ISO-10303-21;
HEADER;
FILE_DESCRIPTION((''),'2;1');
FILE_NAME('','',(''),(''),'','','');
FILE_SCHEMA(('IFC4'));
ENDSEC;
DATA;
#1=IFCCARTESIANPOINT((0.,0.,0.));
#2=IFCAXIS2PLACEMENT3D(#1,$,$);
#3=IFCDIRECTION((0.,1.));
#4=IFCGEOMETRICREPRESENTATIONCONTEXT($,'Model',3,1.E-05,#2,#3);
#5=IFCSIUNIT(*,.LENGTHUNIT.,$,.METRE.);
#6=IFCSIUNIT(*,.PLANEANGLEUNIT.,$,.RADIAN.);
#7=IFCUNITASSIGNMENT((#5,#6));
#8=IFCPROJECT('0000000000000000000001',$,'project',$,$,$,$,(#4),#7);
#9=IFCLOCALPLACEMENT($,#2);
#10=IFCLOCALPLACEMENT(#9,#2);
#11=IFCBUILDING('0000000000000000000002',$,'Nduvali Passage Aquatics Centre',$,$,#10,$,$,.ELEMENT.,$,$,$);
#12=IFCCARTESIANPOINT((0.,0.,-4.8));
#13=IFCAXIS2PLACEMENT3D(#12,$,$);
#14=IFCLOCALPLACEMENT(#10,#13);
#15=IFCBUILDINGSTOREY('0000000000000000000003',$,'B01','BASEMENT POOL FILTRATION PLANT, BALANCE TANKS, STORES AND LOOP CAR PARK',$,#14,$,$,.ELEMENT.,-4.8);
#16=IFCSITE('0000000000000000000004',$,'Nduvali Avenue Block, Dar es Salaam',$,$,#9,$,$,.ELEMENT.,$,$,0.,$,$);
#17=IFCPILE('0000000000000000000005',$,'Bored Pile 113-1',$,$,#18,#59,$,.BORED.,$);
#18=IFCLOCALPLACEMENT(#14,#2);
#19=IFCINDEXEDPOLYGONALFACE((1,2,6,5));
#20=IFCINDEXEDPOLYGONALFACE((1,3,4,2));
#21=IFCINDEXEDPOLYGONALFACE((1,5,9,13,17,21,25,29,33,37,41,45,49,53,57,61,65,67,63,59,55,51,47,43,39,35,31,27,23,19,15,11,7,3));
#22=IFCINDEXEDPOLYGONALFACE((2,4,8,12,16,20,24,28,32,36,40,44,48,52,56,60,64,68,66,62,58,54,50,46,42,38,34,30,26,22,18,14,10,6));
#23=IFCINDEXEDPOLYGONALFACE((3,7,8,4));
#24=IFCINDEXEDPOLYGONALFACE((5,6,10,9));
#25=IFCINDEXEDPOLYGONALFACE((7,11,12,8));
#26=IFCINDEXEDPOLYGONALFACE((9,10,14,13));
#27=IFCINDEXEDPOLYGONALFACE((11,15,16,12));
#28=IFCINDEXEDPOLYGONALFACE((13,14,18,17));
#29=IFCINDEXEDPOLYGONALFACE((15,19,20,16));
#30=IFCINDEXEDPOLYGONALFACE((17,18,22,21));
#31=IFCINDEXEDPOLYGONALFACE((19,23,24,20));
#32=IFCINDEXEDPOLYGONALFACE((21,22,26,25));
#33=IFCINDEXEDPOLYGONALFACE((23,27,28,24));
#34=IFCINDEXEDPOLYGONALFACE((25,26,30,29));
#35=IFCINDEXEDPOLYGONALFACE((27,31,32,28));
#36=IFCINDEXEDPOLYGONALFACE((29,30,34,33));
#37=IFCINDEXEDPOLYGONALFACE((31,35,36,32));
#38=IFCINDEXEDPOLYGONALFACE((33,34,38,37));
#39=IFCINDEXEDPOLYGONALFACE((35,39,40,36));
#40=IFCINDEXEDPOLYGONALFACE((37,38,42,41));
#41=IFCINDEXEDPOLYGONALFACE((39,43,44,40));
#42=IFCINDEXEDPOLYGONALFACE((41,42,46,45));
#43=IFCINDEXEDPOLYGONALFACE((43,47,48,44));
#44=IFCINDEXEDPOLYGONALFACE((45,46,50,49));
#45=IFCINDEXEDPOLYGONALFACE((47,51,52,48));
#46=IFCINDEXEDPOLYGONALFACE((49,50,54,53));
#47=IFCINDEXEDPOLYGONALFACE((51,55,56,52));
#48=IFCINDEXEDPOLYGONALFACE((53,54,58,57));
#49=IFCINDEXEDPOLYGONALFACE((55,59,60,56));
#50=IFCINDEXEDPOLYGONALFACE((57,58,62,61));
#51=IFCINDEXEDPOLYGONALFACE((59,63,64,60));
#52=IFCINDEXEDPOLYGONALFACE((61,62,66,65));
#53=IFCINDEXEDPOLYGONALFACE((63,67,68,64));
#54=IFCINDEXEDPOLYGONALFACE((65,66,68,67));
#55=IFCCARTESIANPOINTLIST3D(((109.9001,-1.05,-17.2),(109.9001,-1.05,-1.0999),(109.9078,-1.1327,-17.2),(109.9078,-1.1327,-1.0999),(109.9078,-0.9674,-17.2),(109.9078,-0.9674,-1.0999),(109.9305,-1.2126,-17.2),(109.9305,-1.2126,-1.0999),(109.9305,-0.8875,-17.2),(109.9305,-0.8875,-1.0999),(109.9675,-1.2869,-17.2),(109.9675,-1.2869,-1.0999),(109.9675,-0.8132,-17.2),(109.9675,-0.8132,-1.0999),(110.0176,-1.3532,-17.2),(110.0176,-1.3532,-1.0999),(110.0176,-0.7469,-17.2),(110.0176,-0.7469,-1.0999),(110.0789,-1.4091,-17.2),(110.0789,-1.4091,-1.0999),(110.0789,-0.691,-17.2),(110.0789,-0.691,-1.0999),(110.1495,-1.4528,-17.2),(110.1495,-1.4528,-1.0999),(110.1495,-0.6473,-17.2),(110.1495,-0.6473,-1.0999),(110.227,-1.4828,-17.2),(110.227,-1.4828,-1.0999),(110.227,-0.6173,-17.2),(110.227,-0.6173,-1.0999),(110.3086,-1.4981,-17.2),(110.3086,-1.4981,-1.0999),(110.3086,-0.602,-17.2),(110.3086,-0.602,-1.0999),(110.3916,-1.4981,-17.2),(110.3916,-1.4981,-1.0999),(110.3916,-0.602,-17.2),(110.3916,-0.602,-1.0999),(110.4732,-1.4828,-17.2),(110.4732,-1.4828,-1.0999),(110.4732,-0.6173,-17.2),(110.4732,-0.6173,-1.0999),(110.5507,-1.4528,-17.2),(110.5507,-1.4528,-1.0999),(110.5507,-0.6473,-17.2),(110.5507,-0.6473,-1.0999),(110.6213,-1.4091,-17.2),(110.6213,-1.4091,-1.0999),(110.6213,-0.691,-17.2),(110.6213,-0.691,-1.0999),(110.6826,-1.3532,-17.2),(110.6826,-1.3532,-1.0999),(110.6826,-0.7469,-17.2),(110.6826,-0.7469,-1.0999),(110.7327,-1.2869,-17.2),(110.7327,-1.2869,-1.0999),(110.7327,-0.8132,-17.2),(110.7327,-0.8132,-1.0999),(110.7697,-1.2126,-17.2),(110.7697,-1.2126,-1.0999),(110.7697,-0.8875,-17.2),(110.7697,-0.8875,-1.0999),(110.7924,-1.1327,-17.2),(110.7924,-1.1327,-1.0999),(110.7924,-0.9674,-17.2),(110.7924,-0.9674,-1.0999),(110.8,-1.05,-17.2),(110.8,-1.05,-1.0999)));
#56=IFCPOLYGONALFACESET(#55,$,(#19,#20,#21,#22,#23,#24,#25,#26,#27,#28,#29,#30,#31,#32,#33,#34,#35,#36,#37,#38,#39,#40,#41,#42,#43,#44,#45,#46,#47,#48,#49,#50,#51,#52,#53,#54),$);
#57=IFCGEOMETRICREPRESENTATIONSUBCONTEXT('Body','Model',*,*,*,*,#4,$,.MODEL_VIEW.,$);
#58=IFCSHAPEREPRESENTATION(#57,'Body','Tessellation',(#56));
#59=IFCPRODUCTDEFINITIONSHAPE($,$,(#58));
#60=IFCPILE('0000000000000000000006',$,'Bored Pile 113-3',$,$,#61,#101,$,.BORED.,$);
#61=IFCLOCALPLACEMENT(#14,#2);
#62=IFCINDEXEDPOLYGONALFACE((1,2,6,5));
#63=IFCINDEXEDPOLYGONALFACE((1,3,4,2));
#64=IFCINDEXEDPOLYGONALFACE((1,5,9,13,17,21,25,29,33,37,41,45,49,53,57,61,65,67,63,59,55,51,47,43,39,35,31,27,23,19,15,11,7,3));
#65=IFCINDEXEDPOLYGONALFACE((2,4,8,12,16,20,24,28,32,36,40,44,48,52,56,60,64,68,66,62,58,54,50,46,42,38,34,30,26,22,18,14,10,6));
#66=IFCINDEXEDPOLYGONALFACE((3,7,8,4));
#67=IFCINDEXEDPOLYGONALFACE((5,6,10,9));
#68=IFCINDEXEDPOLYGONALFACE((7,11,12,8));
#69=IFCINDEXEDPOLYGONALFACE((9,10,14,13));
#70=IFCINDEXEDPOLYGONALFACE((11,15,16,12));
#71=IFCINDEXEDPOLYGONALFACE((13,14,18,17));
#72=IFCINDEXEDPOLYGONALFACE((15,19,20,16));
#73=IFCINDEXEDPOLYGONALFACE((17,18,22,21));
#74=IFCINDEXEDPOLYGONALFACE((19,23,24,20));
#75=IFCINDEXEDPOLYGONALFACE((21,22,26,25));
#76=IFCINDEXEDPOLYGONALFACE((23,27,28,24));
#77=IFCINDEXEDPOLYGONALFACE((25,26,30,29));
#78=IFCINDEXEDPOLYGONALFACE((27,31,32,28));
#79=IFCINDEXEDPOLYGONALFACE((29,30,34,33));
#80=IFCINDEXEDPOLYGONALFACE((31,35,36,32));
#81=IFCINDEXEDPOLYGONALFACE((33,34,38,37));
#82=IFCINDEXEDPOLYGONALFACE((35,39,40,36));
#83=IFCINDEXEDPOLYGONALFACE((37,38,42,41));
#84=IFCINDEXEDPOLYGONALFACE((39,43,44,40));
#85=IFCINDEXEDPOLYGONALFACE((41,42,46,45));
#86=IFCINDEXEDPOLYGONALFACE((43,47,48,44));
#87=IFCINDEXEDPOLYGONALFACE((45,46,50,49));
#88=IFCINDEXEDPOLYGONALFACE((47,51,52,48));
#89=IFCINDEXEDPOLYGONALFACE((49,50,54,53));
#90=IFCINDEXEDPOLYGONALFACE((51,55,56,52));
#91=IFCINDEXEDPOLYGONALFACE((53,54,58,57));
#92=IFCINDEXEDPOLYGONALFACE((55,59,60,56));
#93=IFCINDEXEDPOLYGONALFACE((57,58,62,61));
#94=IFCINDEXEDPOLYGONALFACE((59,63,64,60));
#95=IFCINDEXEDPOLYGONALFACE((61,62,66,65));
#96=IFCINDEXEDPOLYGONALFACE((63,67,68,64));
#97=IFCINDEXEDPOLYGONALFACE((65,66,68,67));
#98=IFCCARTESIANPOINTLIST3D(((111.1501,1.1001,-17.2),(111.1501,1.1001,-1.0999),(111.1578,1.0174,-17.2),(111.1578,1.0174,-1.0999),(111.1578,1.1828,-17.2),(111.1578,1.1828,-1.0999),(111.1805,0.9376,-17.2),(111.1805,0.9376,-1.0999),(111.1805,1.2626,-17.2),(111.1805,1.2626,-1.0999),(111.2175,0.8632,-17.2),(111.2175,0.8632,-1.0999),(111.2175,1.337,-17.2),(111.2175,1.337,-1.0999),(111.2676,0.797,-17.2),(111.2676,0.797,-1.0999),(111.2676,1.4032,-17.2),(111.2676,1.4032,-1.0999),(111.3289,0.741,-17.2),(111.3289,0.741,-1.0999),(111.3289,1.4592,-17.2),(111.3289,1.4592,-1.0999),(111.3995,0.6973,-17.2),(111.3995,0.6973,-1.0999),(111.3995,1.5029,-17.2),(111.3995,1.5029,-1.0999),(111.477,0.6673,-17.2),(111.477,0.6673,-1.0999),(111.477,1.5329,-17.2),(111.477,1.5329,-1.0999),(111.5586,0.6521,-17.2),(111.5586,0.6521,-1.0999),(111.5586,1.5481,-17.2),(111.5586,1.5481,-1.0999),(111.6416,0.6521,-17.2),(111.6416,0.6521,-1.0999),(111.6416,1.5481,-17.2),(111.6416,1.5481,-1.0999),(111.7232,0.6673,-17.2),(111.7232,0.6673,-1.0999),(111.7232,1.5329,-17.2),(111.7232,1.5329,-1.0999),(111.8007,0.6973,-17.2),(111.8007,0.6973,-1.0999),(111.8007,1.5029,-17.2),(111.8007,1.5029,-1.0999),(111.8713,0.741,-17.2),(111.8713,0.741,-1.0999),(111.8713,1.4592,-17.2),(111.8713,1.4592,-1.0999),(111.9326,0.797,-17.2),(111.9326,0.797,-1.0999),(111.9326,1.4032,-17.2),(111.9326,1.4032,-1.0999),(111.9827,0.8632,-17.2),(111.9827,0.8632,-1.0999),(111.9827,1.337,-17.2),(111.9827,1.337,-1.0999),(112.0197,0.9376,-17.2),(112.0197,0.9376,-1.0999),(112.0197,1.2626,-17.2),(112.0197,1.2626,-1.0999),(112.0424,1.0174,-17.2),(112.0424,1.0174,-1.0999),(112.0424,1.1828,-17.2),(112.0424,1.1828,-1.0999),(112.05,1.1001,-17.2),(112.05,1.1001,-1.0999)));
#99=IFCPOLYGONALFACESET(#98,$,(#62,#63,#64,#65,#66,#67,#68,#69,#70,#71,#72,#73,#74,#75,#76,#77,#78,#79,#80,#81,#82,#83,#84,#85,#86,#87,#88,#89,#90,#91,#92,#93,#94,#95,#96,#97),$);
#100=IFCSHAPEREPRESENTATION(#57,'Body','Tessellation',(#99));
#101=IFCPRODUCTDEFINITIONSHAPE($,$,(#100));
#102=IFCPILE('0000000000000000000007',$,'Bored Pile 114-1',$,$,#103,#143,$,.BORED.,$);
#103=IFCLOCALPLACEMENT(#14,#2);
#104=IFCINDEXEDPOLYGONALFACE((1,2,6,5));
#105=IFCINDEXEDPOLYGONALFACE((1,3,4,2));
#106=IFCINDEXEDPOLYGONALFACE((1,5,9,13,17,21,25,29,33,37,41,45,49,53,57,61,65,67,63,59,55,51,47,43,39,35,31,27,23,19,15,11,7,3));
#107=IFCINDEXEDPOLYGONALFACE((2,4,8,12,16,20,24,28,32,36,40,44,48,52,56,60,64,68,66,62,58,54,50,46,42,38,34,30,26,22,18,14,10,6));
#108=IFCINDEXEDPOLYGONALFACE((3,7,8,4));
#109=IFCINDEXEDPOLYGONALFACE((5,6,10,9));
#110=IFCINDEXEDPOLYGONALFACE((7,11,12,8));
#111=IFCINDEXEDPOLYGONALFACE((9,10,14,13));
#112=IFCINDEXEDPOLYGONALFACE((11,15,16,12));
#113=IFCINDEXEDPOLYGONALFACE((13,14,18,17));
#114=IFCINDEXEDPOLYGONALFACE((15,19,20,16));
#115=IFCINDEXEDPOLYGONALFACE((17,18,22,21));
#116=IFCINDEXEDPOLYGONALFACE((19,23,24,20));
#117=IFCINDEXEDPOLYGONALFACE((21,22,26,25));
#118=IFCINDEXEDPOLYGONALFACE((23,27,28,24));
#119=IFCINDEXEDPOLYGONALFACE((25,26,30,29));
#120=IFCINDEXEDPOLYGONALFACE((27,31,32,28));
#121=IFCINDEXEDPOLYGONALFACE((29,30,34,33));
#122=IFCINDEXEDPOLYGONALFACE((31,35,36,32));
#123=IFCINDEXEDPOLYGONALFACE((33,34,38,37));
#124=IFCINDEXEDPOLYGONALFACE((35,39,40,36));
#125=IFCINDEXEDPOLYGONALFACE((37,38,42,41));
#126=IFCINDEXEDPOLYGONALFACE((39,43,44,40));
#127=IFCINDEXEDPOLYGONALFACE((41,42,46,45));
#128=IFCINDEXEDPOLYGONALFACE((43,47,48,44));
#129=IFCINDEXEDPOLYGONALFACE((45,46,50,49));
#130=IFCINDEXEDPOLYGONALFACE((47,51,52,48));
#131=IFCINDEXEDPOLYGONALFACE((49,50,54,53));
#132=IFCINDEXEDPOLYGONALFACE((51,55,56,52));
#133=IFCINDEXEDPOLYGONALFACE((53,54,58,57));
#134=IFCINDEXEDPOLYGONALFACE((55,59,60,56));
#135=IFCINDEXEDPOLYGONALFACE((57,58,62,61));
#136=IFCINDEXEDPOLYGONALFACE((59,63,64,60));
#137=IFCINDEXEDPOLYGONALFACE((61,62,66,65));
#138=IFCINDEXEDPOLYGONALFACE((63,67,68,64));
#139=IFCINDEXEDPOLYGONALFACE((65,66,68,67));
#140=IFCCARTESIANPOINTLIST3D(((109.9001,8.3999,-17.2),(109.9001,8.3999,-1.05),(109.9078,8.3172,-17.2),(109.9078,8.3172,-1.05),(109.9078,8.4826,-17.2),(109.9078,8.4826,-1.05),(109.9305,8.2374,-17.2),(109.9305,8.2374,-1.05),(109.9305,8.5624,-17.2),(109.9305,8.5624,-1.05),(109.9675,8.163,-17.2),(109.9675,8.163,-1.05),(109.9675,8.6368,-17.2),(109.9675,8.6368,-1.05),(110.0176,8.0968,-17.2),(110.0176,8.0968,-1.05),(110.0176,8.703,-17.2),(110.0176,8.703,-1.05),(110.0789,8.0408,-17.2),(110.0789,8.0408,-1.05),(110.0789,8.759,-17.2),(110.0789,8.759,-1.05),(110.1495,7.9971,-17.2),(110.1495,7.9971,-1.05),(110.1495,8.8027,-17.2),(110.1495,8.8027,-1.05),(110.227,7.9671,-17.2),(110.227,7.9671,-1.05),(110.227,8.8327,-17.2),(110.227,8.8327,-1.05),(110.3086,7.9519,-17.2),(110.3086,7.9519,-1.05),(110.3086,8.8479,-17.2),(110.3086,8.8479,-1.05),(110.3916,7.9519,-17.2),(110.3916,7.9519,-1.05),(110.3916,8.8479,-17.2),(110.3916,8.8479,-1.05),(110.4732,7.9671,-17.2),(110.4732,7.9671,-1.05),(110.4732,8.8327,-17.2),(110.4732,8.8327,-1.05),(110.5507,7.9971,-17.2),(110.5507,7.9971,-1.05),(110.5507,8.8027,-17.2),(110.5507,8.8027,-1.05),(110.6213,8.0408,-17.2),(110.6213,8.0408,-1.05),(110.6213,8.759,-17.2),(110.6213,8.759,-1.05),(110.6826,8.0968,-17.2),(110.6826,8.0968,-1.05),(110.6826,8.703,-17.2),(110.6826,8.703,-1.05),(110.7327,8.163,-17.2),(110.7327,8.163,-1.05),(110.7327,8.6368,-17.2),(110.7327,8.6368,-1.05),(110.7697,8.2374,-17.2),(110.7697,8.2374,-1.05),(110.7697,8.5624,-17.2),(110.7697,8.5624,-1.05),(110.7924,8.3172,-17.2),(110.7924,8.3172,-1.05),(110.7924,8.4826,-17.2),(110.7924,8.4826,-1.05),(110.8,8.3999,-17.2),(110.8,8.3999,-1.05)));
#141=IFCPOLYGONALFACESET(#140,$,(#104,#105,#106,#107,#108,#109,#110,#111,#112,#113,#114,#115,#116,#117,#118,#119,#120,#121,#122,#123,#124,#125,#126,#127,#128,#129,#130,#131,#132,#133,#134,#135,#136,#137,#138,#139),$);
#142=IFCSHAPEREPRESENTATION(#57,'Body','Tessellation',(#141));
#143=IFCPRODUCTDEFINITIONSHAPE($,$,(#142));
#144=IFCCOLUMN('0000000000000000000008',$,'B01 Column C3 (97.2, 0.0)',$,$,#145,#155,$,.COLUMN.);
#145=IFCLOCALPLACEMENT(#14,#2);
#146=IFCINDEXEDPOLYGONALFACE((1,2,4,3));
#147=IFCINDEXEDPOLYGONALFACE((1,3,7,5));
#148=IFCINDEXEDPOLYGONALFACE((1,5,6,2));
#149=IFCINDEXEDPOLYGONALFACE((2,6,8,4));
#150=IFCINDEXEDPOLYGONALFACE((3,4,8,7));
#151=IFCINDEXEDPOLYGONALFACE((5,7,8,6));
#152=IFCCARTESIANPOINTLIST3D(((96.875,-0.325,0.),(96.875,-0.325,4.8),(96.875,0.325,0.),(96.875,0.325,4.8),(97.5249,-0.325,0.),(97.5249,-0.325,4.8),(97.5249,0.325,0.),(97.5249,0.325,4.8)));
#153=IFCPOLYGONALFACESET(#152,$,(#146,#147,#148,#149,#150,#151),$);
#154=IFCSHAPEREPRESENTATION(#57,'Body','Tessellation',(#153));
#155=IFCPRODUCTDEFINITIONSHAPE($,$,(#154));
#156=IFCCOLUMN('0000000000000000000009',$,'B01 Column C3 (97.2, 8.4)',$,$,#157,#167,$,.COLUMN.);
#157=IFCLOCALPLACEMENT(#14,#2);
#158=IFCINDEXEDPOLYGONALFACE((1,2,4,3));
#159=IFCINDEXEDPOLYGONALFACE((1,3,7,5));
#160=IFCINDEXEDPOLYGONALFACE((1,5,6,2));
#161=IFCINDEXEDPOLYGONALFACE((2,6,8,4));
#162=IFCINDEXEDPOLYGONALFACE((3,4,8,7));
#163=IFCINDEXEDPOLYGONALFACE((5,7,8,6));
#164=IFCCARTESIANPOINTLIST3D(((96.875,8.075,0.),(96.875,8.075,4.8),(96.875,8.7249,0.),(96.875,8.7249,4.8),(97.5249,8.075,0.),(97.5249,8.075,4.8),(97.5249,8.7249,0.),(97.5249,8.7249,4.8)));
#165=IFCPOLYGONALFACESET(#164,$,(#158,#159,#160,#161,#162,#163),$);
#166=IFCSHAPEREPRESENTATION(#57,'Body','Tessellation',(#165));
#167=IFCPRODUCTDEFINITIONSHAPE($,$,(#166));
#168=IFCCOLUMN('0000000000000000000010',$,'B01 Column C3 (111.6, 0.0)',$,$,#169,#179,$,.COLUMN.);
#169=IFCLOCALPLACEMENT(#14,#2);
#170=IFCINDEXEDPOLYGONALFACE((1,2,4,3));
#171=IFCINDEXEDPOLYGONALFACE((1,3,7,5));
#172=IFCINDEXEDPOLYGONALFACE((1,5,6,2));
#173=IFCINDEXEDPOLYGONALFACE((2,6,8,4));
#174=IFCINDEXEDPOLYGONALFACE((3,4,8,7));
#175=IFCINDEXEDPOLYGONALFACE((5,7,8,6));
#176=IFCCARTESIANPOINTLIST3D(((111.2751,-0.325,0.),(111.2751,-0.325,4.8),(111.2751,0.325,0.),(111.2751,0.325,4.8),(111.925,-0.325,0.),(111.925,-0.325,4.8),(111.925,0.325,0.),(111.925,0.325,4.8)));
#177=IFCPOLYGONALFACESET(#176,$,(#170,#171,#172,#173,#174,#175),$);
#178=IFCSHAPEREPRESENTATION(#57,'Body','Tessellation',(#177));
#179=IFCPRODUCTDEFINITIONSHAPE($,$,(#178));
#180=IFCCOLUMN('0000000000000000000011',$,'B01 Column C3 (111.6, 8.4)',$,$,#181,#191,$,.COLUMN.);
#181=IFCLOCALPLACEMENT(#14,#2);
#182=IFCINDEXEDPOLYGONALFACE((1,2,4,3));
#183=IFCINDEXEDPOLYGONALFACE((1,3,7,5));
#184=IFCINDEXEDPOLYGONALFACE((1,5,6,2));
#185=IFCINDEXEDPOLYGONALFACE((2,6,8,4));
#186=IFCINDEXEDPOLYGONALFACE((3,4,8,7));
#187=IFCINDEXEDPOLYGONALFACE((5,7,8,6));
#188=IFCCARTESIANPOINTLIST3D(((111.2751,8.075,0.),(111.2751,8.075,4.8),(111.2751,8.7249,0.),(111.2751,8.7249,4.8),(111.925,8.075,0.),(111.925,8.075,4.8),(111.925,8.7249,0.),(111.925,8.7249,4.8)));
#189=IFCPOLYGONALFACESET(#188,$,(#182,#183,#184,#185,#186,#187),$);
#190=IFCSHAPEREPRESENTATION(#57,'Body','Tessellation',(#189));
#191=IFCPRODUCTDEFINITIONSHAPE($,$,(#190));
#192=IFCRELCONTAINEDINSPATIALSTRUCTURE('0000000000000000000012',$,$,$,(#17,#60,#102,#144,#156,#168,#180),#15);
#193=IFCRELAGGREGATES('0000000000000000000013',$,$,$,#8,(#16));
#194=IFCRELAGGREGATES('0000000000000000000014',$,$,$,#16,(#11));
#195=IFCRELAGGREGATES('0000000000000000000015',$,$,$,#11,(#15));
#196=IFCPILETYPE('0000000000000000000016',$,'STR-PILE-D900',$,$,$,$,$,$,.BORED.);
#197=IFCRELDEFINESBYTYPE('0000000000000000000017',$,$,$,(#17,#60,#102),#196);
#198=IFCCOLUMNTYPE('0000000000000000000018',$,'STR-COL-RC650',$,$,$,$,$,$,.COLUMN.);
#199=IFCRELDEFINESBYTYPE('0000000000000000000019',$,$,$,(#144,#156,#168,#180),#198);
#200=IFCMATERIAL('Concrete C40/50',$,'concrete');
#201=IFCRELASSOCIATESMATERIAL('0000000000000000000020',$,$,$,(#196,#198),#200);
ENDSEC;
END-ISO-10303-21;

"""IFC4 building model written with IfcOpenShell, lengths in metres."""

from ifc_helpers import new_model, si_unit, direction, frame, origin, origin_2d, place, context, subcontext, project, spatial, rectangle, circle, extrude, material, material_profile, profile_set, type_object, element, save


model = new_model("IFC4")

# Units and contexts
model_context = context("Model", 3, precision=1e-05, world=origin(), true_north=direction((0.0, 1.0)))
body_context = subcontext(model_context, "Body", "Model", "MODEL_VIEW")
ifc_project = project(units=[si_unit("LENGTHUNIT", "METRE"), si_unit("PLANEANGLEUNIT", "RADIAN")], contexts=[model_context])

# Site, building, storey
site_placement = place(None, origin())
site = spatial("IfcSite", under=ifc_project, at=site_placement, Name="Nduvali Avenue Block, Dar es Salaam", CompositionType="ELEMENT", RefElevation=0.0)
building_placement = place(site_placement, origin())
building = spatial("IfcBuilding", under=site, at=building_placement, Name="Nduvali Passage Aquatics Centre", CompositionType="ELEMENT")
storey_placement = place(building_placement, frame((0.0, 0.0, -4.8)))
storey = spatial("IfcBuildingStorey", under=building, at=storey_placement, Name="B01", Description="BASEMENT POOL FILTRATION PLANT, BALANCE TANKS, STORES AND LOOP CAR PARK", CompositionType="ELEMENT", Elevation=-4.8)

# Shared definitions
ifc_material = material(Name="Concrete C40/50", Category="concrete")

# Piles
ifc_material_profile_1 = material_profile(ifc_material, circle(Radius=0.45, at=origin_2d()), Name="PILE D900")
ifc_profile_set_1 = profile_set([ifc_material_profile_1], Name="Concrete C40/50")
pile_type_1 = type_object("IfcPileType", Name="STR-PILE-D900", PredefinedType="BORED", material=ifc_profile_set_1)
for number, where, z_axis, x_axis, name in (
    (1, (110.3501, -1.05, -1.0999), (0.0, 0.0, -1.0), (1.0, 0.0, 0.0), "Bored Pile 113-1"),
    (2, (111.6001, 1.1001, -1.0999), (0.0, 0.0, -1.0), (1.0, 0.0, 0.0), "Bored Pile 113-3"),
):
    element("IfcPile", number, at=place(storey_placement, frame(where, z_axis=z_axis, x_axis=x_axis)), inside=storey, type_object=pile_type_1, Name=name, PredefinedType="BORED", context=body_context, shape_type="SweptSolid", body=[
        extrude(circle(Radius=0.45, at=origin_2d()), origin(), (0.0, 0.0, 1.0), 16.1001),
    ])
pile_placement = place(storey_placement, frame((110.3501, 8.3999, -1.05), z_axis=(0.0, 0.0, -1.0), x_axis=(1.0, 0.0, 0.0)))
element("IfcPile", 3, at=pile_placement, inside=storey, type_object=pile_type_1, Name="Bored Pile 114-1", PredefinedType="BORED", context=body_context, shape_type="SweptSolid", body=[
    extrude(circle(Radius=0.45, at=origin_2d()), origin(), (0.0, 0.0, 1.0), 16.1499),
])

# Columns
ifc_material_profile_2 = material_profile(ifc_material, rectangle(XDim=0.6499, YDim=0.6499, at=origin_2d()), Name="RC 650x650")
ifc_profile_set_2 = profile_set([ifc_material_profile_2], Name="Concrete C40/50")
column_type = type_object("IfcColumnType", Name="STR-COL-RC650", PredefinedType="COLUMN", material=ifc_profile_set_2)
for number, where, z_axis, x_axis, name in (
    (4, (97.2, 0.0, 0.0), (0.0, 0.0, 1.0), (1.0, 0.0, 0.0), "B01 Column C3 (97.2, 0.0)"),
    (5, (97.2, 8.3999, 0.0), (0.0, 0.0, 1.0), (1.0, 0.0, 0.0), "B01 Column C3 (97.2, 8.4)"),
    (6, (111.6001, 0.0, 0.0), (0.0, 0.0, 1.0), (1.0, 0.0, 0.0), "B01 Column C3 (111.6, 0.0)"),
    (7, (111.6001, 8.3999, 0.0), (0.0, 0.0, 1.0), (1.0, 0.0, 0.0), "B01 Column C3 (111.6, 8.4)"),
):
    element("IfcColumn", number, at=place(storey_placement, frame(where, z_axis=z_axis, x_axis=x_axis)), inside=storey, type_object=column_type, Name=name, PredefinedType="COLUMN", context=body_context, shape_type="SweptSolid", body=[
        extrude(rectangle(XDim=0.6499, YDim=0.6499, at=origin_2d()), origin(), (0.0, 0.0, 1.0), 4.8),
    ])

save(model, "model.ifc")
